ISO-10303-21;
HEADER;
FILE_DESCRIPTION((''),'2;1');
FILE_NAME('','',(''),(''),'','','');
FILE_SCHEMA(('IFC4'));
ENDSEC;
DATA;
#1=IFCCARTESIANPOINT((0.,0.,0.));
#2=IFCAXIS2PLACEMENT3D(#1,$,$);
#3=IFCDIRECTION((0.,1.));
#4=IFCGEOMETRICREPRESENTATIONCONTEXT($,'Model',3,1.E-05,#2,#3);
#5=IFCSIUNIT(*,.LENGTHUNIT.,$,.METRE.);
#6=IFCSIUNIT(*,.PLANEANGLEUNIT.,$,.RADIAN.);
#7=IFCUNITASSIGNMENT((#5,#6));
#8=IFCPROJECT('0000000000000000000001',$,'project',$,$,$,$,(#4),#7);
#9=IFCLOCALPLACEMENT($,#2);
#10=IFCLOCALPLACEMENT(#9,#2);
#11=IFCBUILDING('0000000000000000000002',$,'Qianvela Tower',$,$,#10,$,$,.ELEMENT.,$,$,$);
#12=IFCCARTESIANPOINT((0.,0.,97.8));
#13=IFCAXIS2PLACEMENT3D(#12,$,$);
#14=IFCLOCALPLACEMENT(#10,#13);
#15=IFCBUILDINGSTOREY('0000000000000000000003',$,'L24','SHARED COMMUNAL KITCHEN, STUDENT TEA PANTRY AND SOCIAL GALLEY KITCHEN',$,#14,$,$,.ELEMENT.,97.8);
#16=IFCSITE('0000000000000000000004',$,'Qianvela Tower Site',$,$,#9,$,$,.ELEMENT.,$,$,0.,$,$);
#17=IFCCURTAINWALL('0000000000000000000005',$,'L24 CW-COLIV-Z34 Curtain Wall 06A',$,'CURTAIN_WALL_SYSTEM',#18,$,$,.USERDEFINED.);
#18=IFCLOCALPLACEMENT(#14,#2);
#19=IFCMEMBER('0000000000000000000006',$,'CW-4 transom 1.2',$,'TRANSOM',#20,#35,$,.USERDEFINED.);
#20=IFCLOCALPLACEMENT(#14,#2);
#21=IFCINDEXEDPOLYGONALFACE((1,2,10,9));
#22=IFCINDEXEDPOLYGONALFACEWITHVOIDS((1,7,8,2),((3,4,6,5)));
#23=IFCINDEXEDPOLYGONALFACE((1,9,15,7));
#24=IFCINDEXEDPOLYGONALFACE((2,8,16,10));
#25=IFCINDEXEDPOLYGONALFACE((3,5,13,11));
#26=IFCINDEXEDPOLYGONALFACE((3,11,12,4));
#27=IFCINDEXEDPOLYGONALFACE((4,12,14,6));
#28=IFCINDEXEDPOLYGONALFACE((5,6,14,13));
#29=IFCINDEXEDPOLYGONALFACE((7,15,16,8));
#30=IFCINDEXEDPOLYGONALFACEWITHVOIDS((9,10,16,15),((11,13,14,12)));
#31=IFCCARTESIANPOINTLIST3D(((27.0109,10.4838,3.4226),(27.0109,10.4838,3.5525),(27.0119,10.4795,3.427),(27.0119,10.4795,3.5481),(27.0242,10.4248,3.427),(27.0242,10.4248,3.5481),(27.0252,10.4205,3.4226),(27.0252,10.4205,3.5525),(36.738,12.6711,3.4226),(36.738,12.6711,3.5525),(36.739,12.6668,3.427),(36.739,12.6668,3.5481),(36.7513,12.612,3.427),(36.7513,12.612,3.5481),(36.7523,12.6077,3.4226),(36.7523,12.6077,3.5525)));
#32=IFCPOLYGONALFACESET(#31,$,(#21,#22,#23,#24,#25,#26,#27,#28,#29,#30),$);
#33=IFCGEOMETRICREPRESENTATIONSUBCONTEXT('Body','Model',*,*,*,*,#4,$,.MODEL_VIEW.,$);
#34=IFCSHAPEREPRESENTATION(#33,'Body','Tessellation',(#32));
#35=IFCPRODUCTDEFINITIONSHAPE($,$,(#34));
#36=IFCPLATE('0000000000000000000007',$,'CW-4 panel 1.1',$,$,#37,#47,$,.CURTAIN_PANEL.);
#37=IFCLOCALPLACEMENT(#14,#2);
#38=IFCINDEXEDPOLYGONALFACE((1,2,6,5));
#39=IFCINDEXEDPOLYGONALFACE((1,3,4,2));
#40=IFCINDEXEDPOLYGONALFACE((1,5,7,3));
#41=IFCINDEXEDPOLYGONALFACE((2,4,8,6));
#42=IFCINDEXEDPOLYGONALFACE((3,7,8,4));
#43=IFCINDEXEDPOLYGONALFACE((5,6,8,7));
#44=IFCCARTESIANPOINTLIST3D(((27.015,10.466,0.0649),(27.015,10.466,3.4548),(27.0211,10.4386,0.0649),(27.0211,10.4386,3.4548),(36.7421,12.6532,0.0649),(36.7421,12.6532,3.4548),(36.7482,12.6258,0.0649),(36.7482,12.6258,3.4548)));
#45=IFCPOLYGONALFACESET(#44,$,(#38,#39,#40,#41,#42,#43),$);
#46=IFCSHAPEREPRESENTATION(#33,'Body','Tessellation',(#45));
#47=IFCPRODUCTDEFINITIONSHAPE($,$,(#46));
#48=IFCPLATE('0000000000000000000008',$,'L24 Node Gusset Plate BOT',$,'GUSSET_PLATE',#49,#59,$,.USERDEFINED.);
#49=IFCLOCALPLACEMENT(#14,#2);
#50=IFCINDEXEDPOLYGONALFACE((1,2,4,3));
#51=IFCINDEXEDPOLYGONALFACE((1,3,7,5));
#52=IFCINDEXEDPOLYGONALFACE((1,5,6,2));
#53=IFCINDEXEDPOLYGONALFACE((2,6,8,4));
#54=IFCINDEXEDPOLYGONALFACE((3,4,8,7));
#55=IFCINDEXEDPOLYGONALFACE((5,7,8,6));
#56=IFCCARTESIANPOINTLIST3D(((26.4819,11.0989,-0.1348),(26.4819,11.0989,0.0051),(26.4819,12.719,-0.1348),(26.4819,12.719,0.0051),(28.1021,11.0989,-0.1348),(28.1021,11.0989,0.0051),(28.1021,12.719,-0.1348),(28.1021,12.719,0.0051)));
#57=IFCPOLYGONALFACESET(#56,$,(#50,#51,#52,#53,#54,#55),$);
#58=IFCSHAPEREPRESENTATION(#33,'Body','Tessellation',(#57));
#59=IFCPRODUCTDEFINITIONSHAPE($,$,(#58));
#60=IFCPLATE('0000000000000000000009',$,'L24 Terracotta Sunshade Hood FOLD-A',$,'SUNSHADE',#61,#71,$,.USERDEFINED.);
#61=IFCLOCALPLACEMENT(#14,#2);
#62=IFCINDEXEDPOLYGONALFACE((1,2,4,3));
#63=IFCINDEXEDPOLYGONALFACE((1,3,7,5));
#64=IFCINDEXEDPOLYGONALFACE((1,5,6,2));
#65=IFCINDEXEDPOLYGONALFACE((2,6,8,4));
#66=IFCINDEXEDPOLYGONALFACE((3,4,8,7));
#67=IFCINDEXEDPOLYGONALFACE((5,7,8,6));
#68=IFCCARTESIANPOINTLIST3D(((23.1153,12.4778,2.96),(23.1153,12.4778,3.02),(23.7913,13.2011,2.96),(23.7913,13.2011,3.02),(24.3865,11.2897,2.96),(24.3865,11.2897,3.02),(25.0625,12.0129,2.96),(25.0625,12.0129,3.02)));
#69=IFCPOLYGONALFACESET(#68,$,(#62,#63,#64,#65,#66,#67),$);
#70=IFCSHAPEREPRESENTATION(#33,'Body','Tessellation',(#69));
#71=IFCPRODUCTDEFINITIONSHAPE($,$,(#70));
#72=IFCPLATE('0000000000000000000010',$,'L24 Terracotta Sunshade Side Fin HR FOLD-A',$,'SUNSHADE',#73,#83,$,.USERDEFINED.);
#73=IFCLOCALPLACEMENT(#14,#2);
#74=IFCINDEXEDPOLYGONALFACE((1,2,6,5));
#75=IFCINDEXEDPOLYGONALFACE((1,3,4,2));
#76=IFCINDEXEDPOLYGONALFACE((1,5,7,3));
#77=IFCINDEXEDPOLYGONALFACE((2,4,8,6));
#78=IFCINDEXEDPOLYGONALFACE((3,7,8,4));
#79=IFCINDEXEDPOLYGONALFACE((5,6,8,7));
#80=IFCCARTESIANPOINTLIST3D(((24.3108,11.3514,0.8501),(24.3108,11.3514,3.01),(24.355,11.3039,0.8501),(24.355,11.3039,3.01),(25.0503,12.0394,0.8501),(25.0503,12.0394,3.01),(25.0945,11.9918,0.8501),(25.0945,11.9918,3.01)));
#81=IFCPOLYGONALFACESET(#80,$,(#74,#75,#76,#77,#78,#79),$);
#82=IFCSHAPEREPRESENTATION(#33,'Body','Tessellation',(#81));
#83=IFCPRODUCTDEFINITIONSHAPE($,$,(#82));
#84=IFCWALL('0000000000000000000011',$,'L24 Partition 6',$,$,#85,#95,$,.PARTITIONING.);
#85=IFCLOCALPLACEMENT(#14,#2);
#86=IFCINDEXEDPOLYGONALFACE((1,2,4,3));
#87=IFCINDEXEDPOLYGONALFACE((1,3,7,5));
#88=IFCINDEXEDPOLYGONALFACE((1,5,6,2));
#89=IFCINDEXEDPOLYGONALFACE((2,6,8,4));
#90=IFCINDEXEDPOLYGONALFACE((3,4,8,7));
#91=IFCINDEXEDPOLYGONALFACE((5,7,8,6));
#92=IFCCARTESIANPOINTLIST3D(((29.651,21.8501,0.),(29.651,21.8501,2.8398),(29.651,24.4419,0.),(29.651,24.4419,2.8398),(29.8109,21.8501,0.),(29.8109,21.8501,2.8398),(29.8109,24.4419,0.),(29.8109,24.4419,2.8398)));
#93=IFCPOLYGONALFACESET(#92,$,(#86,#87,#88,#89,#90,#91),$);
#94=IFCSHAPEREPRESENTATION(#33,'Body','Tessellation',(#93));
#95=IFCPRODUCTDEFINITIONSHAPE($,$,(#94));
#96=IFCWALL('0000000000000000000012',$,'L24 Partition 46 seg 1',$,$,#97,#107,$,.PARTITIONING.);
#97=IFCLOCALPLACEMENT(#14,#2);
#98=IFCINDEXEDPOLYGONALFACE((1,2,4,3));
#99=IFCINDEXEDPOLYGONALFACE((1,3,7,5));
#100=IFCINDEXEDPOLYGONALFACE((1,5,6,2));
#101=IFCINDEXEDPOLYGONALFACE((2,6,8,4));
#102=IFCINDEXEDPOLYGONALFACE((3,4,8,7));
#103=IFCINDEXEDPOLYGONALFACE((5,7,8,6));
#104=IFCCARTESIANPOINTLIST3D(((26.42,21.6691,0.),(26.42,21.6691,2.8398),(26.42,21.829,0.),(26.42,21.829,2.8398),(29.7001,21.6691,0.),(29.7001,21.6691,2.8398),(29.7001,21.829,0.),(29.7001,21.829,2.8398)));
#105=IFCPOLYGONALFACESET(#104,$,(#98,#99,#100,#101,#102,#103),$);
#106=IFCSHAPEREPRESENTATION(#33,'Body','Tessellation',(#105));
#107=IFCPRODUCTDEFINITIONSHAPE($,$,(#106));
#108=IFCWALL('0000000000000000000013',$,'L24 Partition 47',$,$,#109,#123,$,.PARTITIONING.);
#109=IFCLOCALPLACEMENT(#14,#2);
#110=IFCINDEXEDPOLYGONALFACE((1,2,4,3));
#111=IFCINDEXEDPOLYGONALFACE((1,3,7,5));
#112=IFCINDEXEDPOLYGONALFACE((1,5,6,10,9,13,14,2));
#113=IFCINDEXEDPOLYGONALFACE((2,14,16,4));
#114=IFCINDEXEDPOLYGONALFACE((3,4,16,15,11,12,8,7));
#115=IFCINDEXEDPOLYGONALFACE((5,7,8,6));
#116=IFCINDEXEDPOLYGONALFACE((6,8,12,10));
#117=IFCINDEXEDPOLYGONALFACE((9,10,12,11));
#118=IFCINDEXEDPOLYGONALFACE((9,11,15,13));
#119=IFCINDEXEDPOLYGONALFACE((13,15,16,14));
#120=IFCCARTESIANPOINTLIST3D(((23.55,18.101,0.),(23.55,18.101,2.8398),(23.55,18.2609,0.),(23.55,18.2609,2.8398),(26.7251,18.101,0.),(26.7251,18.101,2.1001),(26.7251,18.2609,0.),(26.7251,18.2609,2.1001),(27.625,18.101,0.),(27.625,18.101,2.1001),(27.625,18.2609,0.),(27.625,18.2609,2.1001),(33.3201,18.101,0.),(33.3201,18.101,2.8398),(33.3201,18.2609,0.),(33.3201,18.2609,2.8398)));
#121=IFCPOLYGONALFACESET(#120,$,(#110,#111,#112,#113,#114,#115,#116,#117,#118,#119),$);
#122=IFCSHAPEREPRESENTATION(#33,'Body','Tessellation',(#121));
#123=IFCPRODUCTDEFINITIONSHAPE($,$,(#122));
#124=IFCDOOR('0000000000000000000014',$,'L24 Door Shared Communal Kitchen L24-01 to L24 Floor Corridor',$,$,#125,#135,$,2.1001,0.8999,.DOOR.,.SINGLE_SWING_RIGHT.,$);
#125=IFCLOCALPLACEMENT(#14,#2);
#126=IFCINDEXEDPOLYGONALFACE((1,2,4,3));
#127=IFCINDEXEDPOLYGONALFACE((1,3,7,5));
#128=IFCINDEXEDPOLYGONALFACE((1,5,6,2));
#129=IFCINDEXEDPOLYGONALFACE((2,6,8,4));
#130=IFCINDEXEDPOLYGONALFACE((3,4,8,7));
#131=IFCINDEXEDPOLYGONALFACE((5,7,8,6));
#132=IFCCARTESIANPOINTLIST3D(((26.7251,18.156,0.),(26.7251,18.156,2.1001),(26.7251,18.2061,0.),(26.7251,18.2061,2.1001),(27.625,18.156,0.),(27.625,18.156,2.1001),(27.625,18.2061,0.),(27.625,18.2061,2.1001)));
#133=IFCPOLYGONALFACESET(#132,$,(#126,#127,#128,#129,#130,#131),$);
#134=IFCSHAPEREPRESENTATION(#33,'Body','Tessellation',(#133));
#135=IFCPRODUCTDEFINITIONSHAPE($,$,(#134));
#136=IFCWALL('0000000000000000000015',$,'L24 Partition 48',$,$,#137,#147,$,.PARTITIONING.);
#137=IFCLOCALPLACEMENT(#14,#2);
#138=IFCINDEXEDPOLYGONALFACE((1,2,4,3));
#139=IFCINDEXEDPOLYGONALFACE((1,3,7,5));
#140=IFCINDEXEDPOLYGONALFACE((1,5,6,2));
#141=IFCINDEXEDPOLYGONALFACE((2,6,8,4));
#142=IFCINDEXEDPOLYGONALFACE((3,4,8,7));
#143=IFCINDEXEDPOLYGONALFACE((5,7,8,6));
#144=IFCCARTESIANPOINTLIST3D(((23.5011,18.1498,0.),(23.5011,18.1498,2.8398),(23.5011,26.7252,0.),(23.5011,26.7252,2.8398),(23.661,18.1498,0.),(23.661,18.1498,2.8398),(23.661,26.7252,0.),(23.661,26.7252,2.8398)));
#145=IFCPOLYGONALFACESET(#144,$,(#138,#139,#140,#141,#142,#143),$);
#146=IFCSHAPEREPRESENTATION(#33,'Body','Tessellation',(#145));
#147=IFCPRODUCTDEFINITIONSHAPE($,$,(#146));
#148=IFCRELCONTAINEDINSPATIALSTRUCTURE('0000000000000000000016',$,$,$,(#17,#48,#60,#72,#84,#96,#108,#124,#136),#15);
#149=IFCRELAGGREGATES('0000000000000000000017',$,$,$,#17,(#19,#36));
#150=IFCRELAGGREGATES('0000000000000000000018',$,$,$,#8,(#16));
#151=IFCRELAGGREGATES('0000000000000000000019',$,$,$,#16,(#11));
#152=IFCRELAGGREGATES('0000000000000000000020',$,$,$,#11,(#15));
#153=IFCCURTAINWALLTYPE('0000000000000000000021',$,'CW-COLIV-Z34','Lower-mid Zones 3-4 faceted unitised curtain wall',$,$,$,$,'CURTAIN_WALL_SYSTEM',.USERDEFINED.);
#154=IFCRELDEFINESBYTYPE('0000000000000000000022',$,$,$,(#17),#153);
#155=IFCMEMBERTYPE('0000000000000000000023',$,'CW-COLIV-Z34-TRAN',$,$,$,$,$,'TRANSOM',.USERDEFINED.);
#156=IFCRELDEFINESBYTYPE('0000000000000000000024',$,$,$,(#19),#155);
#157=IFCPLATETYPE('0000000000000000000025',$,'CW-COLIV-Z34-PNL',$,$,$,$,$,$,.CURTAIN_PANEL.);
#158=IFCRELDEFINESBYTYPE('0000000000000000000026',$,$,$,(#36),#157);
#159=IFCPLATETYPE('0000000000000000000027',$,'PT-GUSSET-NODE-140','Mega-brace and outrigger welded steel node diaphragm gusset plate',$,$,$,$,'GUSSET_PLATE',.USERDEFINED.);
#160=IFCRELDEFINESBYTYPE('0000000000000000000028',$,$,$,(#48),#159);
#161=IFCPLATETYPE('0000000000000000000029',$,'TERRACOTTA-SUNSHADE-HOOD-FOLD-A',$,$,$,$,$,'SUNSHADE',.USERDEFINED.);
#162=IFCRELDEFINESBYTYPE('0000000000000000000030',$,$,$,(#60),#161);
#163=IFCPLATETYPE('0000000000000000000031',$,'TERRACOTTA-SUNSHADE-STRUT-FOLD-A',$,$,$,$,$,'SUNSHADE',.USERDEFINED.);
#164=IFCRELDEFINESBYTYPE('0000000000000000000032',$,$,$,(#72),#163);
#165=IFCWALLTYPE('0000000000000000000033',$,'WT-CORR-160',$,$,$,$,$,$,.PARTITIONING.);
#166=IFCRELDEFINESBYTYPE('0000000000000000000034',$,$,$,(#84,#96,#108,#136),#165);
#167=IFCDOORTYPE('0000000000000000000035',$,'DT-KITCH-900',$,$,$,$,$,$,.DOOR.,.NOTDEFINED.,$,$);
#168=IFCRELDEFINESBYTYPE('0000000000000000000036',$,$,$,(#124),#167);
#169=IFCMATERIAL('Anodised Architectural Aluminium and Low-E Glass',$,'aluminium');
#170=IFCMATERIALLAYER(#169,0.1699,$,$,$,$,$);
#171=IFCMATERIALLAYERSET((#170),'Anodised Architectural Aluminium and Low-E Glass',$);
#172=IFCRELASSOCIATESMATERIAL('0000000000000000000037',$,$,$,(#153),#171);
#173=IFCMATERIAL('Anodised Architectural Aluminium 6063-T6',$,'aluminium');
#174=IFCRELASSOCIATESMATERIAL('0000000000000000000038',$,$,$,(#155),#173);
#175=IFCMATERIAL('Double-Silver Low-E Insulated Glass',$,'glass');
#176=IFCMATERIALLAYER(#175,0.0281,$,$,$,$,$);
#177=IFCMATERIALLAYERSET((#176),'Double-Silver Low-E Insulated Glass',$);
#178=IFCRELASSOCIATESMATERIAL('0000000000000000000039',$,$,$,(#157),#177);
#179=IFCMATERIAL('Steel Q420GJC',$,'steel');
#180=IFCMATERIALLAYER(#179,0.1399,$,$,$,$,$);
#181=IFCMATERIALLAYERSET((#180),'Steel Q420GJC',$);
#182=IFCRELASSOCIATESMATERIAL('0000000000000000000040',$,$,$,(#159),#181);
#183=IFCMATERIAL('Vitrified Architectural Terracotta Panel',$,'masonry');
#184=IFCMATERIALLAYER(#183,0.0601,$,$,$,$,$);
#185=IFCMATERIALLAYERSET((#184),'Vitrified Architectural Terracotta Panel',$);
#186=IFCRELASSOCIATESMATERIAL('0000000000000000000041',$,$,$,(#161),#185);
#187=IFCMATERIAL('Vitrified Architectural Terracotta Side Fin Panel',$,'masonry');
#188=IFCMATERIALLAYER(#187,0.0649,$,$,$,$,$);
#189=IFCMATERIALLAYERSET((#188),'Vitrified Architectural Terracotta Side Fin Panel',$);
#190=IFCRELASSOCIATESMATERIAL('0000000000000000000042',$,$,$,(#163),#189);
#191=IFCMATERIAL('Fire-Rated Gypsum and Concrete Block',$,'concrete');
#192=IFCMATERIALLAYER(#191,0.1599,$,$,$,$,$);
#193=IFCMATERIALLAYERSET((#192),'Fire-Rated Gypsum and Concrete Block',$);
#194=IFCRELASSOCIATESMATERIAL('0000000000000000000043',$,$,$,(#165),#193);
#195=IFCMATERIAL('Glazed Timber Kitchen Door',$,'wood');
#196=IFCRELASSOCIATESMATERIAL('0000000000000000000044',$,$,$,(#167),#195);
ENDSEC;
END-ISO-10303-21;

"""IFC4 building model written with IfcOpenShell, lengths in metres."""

from ifc_helpers import new_model, si_unit, direction, frame, frame_2d, origin, origin_2d, place, context, subcontext, project, spatial, rectangle, hollow_rectangle, extrude, material, layer, layer_set, material_profile, profile_set, type_object, element, fill, aggregate, save


model = new_model("IFC4")

# Units and contexts
model_context = context("Model", 3, precision=1e-05, world=origin(), true_north=direction((0.0, 1.0)))
body_context = subcontext(model_context, "Body", "Model", "MODEL_VIEW")
ifc_project = project(units=[si_unit("LENGTHUNIT", "METRE"), si_unit("PLANEANGLEUNIT", "RADIAN")], contexts=[model_context])

# Site, building, storey
site_placement = place(None, origin())
site = spatial("IfcSite", under=ifc_project, at=site_placement, Name="Qianvela Tower Site", CompositionType="ELEMENT", RefElevation=0.0)
building_placement = place(site_placement, origin())
building = spatial("IfcBuilding", under=site, at=building_placement, Name="Qianvela Tower", CompositionType="ELEMENT")
storey_placement = place(building_placement, frame((0.0, 0.0, 97.8)))
storey = spatial("IfcBuildingStorey", under=building, at=storey_placement, Name="L24", Description="SHARED COMMUNAL KITCHEN, STUDENT TEA PANTRY AND SOCIAL GALLEY KITCHEN", CompositionType="ELEMENT", Elevation=97.8)

# Curtain wall, member, plate
ifc_material_1 = material(Name="Anodised Architectural Aluminium and Low-E Glass", Category="aluminium")
ifc_layer_1 = layer(ifc_material_1, 0.1699)
ifc_layer_set_1 = layer_set([ifc_layer_1], Name="Anodised Architectural Aluminium and Low-E Glass")
curtain_wall_type = type_object("IfcCurtainWallType", Name="CW-COLIV-Z34", Description="Lower-mid Zones 3-4 faceted unitised curtain wall", ElementType="CURTAIN_WALL_SYSTEM", PredefinedType="USERDEFINED", material=ifc_layer_set_1)
curtain_wall_placement = place(storey_placement, origin())
curtain_wall = element("IfcCurtainWall", 1, at=curtain_wall_placement, inside=storey, type_object=curtain_wall_type, Name="L24 CW-COLIV-Z34 Curtain Wall 06A", ObjectType="CURTAIN_WALL_SYSTEM", PredefinedType="USERDEFINED")
ifc_material_2 = material(Name="Anodised Architectural Aluminium 6063-T6", Category="aluminium")
ifc_material_profile_1 = material_profile(ifc_material_2, hollow_rectangle(XDim=0.0649, YDim=0.1299, WallThickness=0.0044, at=origin_2d()), Name="ALU-TRAN-65x130")
ifc_profile_set_1 = profile_set([ifc_material_profile_1], Name="Anodised Architectural Aluminium 6063-T6")
member_type_1 = type_object("IfcMemberType", Name="CW-COLIV-Z34-TRAN", ElementType="TRANSOM", PredefinedType="USERDEFINED", material=ifc_profile_set_1)
member_1_placement = place(storey_placement, frame((27.0181, 10.4521, 3.4875), z_axis=(0.975638, 0.219385, 0.0), x_axis=(-0.219385, 0.975638, 0.0)))
member_1 = element("IfcMember", 2, at=member_1_placement, type_object=member_type_1, Name="CW-4 transom 1.2", ObjectType="TRANSOM", PredefinedType="USERDEFINED", context=body_context, shape_type="SweptSolid", body=[
    extrude(hollow_rectangle(XDim=0.0649, YDim=0.1299, WallThickness=0.0044, at=origin_2d()), origin(), (0.0, 0.0, 1.0), 9.97),
])
ifc_material_3 = material(Name="Double-Silver Low-E Insulated Glass", Category="glass")
ifc_layer_2 = layer(ifc_material_3, 0.0281)
ifc_layer_set_2 = layer_set([ifc_layer_2], Name="Double-Silver Low-E Insulated Glass")
plate_type_1 = type_object("IfcPlateType", Name="CW-COLIV-Z34-PNL", PredefinedType="CURTAIN_PANEL", material=ifc_layer_set_2)
plate_1_placement = place(storey_placement, frame((31.8816, 11.5459, 0.0649), z_axis=(0.0, 0.0, 1.0), x_axis=(0.975638, 0.219387, 0.0)))
plate_1 = element("IfcPlate", 3, at=plate_1_placement, type_object=plate_type_1, Name="CW-4 panel 1.1", PredefinedType="CURTAIN_PANEL", context=body_context, shape_type="SweptSolid", body=[
    extrude(rectangle(XDim=9.97, YDim=0.0281, at=origin_2d()), origin(), (0.0, 0.0, 1.0), 3.3899),
])
aggregate(curtain_wall, [member_1, plate_1])

# Plates
ifc_material_4 = material(Name="Steel Q420GJC", Category="steel")
ifc_layer_3 = layer(ifc_material_4, 0.1399)
ifc_layer_set_3 = layer_set([ifc_layer_3], Name="Steel Q420GJC")
plate_type_2 = type_object("IfcPlateType", Name="PT-GUSSET-NODE-140", Description="Mega-brace and outrigger welded steel node diaphragm gusset plate", ElementType="GUSSET_PLATE", PredefinedType="USERDEFINED", material=ifc_layer_set_3)
plate_2_placement = place(storey_placement, frame((27.292, 11.9089, -0.1348), z_axis=(0.0, 0.0, 1.0), x_axis=(1.0, 0.0, 0.0)))
element("IfcPlate", 4, at=plate_2_placement, inside=storey, type_object=plate_type_2, Name="L24 Node Gusset Plate BOT", ObjectType="GUSSET_PLATE", PredefinedType="USERDEFINED", context=body_context, shape_type="SweptSolid", body=[
    extrude(rectangle(XDim=1.6201, YDim=1.6201, at=origin_2d()), origin(), (0.0, 0.0, 1.0), 0.1399),
])
ifc_material_5 = material(Name="Vitrified Architectural Terracotta Panel", Category="masonry")
ifc_layer_4 = layer(ifc_material_5, 0.0601)
ifc_layer_set_4 = layer_set([ifc_layer_4], Name="Vitrified Architectural Terracotta Panel")
plate_type_3 = type_object("IfcPlateType", Name="TERRACOTTA-SUNSHADE-HOOD-FOLD-A", ElementType="SUNSHADE", PredefinedType="USERDEFINED", material=ifc_layer_set_4)
plate_3_placement = place(storey_placement, frame((24.0889, 12.2454, 2.96), z_axis=(0.0, 0.0, 1.0), x_axis=(0.730566, -0.682842, 0.0)))
element("IfcPlate", 5, at=plate_3_placement, inside=storey, type_object=plate_type_3, Name="L24 Terracotta Sunshade Hood FOLD-A", ObjectType="SUNSHADE", PredefinedType="USERDEFINED", context=body_context, shape_type="SweptSolid", body=[
    extrude(rectangle(XDim=1.74, YDim=0.99, at=origin_2d()), origin(), (0.0, 0.0, 1.0), 0.0601),
])
ifc_material_6 = material(Name="Vitrified Architectural Terracotta Side Fin Panel", Category="masonry")
ifc_layer_5 = layer(ifc_material_6, 0.0649)
ifc_layer_set_5 = layer_set([ifc_layer_5], Name="Vitrified Architectural Terracotta Side Fin Panel")
plate_type_4 = type_object("IfcPlateType", Name="TERRACOTTA-SUNSHADE-STRUT-FOLD-A", ElementType="SUNSHADE", PredefinedType="USERDEFINED", material=ifc_layer_set_5)
plate_4_placement = place(storey_placement, frame((24.7026, 11.6716, 0.8501), z_axis=(0.0, 0.0, 1.0), x_axis=(0.681154, -0.73214, 0.0)))
element("IfcPlate", 6, at=plate_4_placement, inside=storey, type_object=plate_type_4, Name="L24 Terracotta Sunshade Side Fin HR FOLD-A", ObjectType="SUNSHADE", PredefinedType="USERDEFINED", context=body_context, shape_type="SweptSolid", body=[
    extrude(rectangle(XDim=0.0649, YDim=1.01, at=origin_2d()), origin(), (0.0, 0.0, 1.0), 2.1599),
])

# Shared definitions
ifc_material_7 = material(Name="Fire-Rated Gypsum and Concrete Block", Category="concrete")
ifc_layer_6 = layer(ifc_material_7, 0.1599)
ifc_layer_set_6 = layer_set([ifc_layer_6], Name="Fire-Rated Gypsum and Concrete Block")
wall_type = type_object("IfcWallType", Name="WT-CORR-160", PredefinedType="PARTITIONING", material=ifc_layer_set_6)

# Walls
wall_1_placement = place(storey_placement, frame((29.731, 21.8501, 0.0), z_axis=(0.0, 0.0, 1.0), x_axis=(0.0, 1.0, 0.0)))
element("IfcWall", 7, at=wall_1_placement, inside=storey, type_object=wall_type, Name="L24 Partition 6", PredefinedType="PARTITIONING", context=body_context, shape_type="SweptSolid", body=[
    extrude(rectangle(XDim=2.5918, YDim=0.1599, at=frame_2d((1.2959, 0.0))), origin(), (0.0, 0.0, 1.0), 2.8398),
])
wall_2_placement = place(storey_placement, frame((26.4199, 21.749, 0.0), z_axis=(0.0, 0.0, 1.0), x_axis=(1.0, 0.0, 0.0)))
element("IfcWall", 8, at=wall_2_placement, inside=storey, type_object=wall_type, Name="L24 Partition 46 seg 1", PredefinedType="PARTITIONING", context=body_context, shape_type="SweptSolid", body=[
    extrude(rectangle(XDim=3.28, YDim=0.1599, at=frame_2d((1.6401, 0.0))), origin(), (0.0, 0.0, 1.0), 2.8398),
])

# Wall, opening, door
wall_3_placement = place(storey_placement, frame((33.3201, 18.1809, 0.0), z_axis=(0.0, 0.0, 1.0), x_axis=(-1.0, 0.0, 0.0)))
wall_3 = element("IfcWall", 9, at=wall_3_placement, inside=storey, type_object=wall_type, Name="L24 Partition 47", PredefinedType="PARTITIONING", context=body_context, shape_type="SweptSolid", body=[
    extrude(rectangle(XDim=9.77, YDim=0.1599, at=frame_2d((4.885, 0.0))), origin(), (0.0, 0.0, 1.0), 2.8398),
])
opening_1_placement = place(wall_3_placement, frame((5.6951, 0.0, 0.0)))
opening_1 = element("IfcOpeningElement", 10, at=opening_1_placement, cuts=wall_3, PredefinedType="OPENING", context=body_context, shape_type="SweptSolid", body=[
    extrude(rectangle(XDim=0.8999, YDim=2.1001, at=frame_2d((0.45, 1.05))), frame((0.0, 0.0898, 0.0), z_axis=(0.0, -1.0, 0.0), x_axis=(1.0, 0.0, 0.0)), (0.0, 0.0, 1.0), 0.1799),
])
ifc_material_8 = material(Name="Glazed Timber Kitchen Door", Category="wood")
door_type_1 = type_object("IfcDoorType", Name="DT-KITCH-900", OperationType="NOTDEFINED", PredefinedType="DOOR", material=ifc_material_8)
door_1_placement = place(opening_1_placement, origin())
door_1 = element("IfcDoor", 11, at=door_1_placement, inside=storey, type_object=door_type_1, Name="L24 Door Shared Communal Kitchen L24-01 to L24 Floor Corridor", OperationType="SINGLE_SWING_RIGHT", OverallHeight=2.1001, OverallWidth=0.8999, PredefinedType="DOOR", context=body_context, shape_type="SweptSolid", body=[
    extrude(rectangle(XDim=0.8999, YDim=2.1001, at=frame_2d((0.45, 1.05))), frame((0.0, 0.0249, 0.0), z_axis=(0.0, -1.0, 0.0), x_axis=(1.0, 0.0, 0.0)), (0.0, 0.0, 1.0), 0.05),
])
fill(opening_1, door_1)

# Wall
wall_4_placement = place(storey_placement, frame((23.5811, 18.1499, 0.0), z_axis=(0.0, 0.0, 1.0), x_axis=(0.0, 1.0, 0.0)))
element("IfcWall", 12, at=wall_4_placement, inside=storey, type_object=wall_type, Name="L24 Partition 48", PredefinedType="PARTITIONING", context=body_context, shape_type="SweptSolid", body=[
    extrude(rectangle(XDim=8.5754, YDim=0.1599, at=frame_2d((4.2876, 0.0))), origin(), (0.0, 0.0, 1.0), 2.8398),
])

save(model, "model.ifc")
